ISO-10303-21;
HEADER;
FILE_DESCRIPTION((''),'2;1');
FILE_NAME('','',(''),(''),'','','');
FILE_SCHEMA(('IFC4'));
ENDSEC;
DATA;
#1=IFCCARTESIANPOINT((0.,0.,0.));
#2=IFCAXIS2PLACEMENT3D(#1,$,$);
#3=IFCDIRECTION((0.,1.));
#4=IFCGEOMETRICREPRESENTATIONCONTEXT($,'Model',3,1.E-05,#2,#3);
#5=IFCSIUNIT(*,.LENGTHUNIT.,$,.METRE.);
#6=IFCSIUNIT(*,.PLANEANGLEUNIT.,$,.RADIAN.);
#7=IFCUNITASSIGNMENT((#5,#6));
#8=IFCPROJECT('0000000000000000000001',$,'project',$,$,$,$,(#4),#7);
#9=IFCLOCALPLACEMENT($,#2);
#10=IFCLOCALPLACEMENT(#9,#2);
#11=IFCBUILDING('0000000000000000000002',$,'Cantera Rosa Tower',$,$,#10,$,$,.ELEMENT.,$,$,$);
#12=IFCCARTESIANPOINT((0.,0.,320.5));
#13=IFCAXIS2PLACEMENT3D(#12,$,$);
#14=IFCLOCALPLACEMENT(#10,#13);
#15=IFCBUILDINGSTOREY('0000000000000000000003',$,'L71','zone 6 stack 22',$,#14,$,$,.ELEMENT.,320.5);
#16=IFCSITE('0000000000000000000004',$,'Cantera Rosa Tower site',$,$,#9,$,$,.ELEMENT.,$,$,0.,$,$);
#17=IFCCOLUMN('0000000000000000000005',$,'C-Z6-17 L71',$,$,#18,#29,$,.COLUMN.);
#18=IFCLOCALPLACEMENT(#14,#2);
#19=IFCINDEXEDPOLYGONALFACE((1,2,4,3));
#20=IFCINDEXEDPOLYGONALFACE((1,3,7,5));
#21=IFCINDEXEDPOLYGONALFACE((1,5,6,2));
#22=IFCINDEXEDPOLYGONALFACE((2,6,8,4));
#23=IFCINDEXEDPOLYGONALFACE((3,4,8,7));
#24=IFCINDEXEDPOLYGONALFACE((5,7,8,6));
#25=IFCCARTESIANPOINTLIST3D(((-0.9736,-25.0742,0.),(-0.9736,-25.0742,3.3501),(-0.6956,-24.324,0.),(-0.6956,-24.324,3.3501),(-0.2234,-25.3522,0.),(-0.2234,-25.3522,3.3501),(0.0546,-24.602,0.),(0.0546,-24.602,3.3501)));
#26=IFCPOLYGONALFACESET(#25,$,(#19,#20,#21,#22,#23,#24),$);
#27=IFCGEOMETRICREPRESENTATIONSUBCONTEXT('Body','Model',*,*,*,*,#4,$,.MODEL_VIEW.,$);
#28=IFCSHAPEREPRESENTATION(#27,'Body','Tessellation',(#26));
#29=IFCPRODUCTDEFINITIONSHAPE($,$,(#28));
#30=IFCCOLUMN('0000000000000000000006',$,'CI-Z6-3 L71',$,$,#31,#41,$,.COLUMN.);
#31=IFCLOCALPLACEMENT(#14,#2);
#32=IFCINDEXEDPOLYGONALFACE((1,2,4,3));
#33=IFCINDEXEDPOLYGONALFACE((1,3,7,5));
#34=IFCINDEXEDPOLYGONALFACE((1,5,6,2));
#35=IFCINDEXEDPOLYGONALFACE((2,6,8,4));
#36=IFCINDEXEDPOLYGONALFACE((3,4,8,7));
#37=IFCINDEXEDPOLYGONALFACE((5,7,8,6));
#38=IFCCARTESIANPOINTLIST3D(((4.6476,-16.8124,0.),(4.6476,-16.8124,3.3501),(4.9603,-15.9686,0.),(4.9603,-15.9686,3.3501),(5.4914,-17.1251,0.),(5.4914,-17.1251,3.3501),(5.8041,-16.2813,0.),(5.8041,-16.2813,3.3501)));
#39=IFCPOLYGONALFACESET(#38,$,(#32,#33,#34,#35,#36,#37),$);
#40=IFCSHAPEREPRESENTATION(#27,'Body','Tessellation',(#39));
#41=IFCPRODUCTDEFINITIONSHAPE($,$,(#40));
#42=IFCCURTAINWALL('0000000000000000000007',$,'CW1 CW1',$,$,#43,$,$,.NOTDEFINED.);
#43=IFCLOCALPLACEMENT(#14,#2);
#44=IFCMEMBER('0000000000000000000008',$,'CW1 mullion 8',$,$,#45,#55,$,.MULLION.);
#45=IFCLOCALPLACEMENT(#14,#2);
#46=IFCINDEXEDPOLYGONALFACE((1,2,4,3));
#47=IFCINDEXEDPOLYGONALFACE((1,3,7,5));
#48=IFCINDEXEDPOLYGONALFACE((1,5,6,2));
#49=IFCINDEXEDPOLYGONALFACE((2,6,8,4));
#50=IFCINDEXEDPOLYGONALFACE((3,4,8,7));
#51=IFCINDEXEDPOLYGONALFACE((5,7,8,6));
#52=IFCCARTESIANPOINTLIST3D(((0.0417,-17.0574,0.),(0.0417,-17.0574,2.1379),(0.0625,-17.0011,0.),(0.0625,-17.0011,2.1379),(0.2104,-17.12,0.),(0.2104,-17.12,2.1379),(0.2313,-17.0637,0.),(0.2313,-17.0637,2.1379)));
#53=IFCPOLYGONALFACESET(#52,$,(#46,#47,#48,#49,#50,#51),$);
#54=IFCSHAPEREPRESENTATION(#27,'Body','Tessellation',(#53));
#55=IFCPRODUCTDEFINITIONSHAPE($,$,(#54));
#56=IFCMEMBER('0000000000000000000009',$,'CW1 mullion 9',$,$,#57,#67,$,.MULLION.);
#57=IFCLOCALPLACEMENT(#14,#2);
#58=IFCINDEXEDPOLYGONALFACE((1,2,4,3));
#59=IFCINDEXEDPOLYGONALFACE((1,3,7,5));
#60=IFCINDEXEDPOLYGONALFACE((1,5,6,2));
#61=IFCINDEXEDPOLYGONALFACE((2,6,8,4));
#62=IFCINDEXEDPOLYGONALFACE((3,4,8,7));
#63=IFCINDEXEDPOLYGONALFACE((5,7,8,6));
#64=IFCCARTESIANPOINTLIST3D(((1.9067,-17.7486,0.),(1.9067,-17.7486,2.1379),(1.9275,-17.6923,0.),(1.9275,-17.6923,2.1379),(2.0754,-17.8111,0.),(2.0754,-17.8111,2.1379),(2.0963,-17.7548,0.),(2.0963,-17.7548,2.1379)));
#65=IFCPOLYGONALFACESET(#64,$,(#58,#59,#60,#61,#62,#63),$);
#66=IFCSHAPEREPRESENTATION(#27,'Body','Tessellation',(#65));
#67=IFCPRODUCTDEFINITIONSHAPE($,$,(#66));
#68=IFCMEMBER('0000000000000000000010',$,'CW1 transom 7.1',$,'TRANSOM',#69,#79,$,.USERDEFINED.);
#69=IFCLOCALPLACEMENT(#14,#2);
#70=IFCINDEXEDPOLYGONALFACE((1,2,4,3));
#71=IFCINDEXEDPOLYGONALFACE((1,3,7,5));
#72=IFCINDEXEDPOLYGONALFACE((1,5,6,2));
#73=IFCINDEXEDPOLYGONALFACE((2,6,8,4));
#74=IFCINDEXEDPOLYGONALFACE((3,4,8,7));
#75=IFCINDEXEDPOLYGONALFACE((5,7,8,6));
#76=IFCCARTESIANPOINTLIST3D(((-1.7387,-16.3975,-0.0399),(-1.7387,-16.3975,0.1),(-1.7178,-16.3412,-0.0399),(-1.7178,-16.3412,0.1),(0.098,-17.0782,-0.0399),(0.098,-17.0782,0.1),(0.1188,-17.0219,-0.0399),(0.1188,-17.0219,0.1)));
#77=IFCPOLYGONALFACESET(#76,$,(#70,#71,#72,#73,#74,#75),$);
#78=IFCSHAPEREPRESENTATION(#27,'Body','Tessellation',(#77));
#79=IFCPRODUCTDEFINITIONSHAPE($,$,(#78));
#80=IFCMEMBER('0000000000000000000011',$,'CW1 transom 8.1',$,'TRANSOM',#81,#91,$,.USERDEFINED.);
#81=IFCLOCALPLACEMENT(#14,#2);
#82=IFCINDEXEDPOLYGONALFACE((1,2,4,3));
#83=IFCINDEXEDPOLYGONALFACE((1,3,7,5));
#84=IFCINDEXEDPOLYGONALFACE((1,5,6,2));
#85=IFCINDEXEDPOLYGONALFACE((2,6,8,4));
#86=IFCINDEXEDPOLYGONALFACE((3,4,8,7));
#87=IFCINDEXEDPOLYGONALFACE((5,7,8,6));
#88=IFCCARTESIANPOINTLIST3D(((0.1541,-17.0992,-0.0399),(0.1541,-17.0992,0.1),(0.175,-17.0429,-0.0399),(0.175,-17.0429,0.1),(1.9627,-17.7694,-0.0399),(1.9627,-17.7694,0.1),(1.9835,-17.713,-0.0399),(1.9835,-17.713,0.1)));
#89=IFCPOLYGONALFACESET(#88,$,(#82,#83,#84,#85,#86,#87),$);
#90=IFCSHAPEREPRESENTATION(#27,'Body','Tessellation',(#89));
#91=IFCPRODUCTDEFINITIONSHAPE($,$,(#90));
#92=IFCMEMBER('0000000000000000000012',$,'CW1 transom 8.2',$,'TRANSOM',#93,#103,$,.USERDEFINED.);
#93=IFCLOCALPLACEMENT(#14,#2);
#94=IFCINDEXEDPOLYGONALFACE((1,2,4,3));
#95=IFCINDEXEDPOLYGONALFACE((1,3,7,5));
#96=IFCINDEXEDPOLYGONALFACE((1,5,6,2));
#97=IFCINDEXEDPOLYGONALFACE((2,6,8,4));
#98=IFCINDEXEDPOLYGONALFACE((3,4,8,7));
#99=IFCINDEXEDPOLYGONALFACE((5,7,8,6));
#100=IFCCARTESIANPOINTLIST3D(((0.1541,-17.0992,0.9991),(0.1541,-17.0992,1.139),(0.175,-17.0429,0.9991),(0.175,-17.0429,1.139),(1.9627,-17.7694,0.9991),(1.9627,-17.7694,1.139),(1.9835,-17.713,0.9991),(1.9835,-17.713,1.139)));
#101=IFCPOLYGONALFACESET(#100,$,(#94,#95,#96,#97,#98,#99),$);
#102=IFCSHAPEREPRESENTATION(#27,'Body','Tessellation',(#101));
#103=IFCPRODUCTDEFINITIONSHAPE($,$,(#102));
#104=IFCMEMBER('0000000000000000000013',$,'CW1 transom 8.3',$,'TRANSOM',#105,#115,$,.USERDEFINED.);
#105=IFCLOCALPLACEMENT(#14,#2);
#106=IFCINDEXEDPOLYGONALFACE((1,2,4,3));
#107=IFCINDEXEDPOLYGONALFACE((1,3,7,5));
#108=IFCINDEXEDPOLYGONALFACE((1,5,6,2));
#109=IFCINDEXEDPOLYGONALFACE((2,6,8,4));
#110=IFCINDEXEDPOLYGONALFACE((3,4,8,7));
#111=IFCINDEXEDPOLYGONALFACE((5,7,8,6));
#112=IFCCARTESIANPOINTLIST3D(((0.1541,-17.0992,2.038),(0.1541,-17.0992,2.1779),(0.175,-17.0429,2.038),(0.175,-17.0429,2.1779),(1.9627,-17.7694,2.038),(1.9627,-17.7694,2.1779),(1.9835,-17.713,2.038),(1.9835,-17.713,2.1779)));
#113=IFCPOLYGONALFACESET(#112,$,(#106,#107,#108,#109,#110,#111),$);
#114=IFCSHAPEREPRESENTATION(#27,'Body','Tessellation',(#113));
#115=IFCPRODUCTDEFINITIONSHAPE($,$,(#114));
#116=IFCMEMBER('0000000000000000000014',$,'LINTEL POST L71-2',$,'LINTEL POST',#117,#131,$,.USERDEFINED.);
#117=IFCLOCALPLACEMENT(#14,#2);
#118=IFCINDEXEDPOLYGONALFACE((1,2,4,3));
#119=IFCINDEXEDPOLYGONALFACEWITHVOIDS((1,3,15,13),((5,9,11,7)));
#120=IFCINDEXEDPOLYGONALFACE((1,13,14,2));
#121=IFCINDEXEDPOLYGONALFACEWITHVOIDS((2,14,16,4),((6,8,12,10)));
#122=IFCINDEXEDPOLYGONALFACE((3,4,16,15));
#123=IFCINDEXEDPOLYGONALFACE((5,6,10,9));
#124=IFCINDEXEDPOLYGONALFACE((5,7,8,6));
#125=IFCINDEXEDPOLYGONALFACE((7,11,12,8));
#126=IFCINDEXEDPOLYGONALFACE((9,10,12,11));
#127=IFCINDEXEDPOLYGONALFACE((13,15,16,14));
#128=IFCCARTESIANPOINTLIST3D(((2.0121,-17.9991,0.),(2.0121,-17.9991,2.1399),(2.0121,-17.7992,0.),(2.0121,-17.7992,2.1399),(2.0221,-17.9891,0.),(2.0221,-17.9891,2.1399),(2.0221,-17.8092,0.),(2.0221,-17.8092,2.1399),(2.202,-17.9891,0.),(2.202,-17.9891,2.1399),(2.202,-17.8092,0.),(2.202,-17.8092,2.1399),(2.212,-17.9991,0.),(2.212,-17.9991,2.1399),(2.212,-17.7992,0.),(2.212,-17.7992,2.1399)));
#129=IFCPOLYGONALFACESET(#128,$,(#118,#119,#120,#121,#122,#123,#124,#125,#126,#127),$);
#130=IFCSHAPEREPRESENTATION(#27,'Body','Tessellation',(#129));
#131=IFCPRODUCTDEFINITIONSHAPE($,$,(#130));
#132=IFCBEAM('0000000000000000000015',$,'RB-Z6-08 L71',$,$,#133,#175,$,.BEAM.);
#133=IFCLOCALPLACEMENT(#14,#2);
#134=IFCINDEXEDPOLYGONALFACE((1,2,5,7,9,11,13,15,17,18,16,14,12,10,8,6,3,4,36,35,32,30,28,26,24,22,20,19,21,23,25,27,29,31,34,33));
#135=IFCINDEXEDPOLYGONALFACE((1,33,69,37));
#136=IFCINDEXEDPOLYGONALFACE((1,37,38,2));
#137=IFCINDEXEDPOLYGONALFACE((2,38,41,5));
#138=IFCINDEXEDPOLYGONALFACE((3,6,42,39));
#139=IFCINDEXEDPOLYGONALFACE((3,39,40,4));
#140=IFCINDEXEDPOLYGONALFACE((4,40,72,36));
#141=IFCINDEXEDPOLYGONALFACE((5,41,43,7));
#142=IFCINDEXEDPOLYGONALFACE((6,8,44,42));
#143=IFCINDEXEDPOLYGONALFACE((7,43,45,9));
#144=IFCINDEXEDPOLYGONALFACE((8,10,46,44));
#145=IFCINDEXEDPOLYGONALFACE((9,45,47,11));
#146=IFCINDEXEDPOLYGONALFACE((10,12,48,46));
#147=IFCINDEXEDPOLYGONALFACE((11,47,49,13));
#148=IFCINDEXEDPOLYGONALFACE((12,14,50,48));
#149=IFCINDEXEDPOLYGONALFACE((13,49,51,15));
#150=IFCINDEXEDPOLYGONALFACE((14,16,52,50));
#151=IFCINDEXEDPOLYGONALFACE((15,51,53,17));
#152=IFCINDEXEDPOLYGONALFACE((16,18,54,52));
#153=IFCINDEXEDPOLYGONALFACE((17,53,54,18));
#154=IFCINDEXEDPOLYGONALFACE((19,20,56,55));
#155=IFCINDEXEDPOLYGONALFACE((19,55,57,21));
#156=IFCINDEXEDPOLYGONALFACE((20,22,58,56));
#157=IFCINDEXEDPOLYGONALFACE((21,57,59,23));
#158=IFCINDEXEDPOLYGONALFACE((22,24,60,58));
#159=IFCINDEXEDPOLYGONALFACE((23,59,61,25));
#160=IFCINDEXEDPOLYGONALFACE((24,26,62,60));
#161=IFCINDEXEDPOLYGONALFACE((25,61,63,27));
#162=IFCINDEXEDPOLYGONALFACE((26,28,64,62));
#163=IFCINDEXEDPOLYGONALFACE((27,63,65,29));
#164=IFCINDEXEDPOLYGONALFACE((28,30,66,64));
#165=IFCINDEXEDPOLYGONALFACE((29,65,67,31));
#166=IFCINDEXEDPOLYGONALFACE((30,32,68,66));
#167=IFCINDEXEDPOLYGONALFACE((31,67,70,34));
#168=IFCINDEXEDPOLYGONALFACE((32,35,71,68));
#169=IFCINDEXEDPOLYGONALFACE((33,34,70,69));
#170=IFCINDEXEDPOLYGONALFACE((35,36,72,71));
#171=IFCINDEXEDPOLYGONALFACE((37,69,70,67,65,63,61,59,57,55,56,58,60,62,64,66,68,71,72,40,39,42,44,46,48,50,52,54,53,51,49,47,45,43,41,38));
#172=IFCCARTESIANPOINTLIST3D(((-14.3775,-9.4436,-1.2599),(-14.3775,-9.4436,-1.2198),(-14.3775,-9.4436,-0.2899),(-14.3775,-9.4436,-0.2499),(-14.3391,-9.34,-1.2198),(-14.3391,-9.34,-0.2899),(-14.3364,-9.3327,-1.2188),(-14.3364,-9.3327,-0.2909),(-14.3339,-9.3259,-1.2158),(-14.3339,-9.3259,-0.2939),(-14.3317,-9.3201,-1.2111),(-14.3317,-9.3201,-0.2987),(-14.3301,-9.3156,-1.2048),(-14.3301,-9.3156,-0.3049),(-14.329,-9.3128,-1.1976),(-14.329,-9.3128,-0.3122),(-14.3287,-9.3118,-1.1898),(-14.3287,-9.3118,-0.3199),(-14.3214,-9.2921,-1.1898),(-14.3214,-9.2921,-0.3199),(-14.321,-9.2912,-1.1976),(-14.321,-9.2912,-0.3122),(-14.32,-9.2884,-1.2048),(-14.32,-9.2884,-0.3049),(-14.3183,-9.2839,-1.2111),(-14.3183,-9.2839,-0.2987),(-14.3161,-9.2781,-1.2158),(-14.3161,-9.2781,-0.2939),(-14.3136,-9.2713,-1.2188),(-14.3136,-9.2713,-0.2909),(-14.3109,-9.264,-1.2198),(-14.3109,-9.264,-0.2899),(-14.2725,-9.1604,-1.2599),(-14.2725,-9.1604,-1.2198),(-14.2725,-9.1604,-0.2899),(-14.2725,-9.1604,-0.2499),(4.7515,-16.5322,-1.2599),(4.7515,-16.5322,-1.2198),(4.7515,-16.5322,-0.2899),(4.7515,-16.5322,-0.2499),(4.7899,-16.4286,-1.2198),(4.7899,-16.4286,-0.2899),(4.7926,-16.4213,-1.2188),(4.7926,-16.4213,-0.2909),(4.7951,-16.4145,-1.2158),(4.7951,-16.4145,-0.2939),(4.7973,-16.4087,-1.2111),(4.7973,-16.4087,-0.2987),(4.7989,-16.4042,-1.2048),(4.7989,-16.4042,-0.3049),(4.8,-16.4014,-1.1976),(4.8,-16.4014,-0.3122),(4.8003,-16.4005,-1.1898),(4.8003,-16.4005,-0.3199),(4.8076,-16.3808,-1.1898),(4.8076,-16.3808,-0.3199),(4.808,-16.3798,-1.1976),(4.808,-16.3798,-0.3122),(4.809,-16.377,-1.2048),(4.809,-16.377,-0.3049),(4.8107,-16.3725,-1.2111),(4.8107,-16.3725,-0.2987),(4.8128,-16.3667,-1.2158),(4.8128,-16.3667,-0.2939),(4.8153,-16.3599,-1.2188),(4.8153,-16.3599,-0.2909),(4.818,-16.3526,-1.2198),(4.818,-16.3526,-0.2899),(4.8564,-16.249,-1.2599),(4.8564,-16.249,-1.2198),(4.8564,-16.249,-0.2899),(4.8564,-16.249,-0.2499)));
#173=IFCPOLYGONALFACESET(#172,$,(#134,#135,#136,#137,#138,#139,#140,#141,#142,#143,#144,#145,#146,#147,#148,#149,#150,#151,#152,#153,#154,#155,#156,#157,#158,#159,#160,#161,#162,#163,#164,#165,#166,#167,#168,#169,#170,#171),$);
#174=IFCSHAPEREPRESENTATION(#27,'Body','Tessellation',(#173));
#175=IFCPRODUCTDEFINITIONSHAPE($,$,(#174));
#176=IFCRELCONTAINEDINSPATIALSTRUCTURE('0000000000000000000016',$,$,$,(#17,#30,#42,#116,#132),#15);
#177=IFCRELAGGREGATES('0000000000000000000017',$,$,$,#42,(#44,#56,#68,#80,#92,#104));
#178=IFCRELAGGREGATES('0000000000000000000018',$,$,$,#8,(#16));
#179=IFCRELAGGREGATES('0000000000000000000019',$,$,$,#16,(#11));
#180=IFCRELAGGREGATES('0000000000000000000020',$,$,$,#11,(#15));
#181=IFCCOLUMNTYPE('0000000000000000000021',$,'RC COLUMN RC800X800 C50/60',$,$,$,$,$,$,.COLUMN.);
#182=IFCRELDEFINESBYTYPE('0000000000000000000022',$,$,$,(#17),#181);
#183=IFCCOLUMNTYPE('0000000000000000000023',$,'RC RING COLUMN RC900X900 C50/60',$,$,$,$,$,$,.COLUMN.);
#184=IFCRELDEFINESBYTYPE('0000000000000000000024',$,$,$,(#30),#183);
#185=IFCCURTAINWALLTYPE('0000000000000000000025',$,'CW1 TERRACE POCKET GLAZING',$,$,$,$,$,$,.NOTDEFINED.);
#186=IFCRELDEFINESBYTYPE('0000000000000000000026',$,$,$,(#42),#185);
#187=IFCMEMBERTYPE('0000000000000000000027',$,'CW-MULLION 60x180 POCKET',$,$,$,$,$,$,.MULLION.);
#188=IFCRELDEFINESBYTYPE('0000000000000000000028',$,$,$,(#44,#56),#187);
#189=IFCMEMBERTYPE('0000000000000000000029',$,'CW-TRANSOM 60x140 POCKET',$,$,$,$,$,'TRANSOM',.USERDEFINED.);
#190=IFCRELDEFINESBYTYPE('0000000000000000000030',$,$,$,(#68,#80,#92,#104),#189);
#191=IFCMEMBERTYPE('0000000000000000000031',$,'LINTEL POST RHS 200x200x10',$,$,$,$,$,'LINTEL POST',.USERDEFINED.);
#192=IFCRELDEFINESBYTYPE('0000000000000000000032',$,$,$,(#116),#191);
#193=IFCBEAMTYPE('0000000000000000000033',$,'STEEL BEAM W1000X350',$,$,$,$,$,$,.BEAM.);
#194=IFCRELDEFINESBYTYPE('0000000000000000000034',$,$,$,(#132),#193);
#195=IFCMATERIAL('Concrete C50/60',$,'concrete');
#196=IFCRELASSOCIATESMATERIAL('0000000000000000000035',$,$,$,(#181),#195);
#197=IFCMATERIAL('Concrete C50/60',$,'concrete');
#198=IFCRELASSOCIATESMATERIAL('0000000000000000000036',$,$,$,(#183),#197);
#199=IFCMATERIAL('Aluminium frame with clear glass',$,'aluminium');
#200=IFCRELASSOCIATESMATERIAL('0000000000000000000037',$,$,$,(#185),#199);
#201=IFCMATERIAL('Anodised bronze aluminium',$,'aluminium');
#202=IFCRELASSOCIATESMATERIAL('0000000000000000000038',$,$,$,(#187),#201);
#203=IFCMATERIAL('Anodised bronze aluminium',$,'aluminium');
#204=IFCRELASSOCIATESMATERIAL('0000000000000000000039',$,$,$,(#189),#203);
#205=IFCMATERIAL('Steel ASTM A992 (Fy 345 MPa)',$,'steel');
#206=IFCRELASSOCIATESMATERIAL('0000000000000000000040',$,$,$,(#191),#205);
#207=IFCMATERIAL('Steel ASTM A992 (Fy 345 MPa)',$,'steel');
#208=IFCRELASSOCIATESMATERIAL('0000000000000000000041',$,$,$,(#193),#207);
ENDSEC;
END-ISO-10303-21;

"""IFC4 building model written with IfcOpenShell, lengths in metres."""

from ifc_helpers import new_model, si_unit, direction, frame, origin, origin_2d, place, context, subcontext, project, spatial, rectangle, hollow_rectangle, i_section, extrude, material, material_profile, profile_set, type_object, element, aggregate, save


model = new_model("IFC4")

# Units and contexts
model_context = context("Model", 3, precision=1e-05, world=origin(), true_north=direction((0.0, 1.0)))
body_context = subcontext(model_context, "Body", "Model", "MODEL_VIEW")
ifc_project = project(units=[si_unit("LENGTHUNIT", "METRE"), si_unit("PLANEANGLEUNIT", "RADIAN")], contexts=[model_context])

# Site, building, storey
site_placement = place(None, origin())
site = spatial("IfcSite", under=ifc_project, at=site_placement, Name="Cantera Rosa Tower site", CompositionType="ELEMENT", RefElevation=0.0)
building_placement = place(site_placement, origin())
building = spatial("IfcBuilding", under=site, at=building_placement, Name="Cantera Rosa Tower", CompositionType="ELEMENT")
storey_placement = place(building_placement, frame((0.0, 0.0, 320.5)))
storey = spatial("IfcBuildingStorey", under=building, at=storey_placement, Name="L71", Description="zone 6 stack 22", CompositionType="ELEMENT", Elevation=320.5)

# Columns
ifc_material_1 = material(Name="Concrete C50/60", Category="concrete")
ifc_material_profile_1 = material_profile(ifc_material_1, rectangle(XDim=0.8, YDim=0.8, at=origin_2d()), Name="RC COLUMN RC800X800 C50/60")
ifc_profile_set_1 = profile_set([ifc_material_profile_1], Name="Concrete C50/60")
column_type_1 = type_object("IfcColumnType", Name="RC COLUMN RC800X800 C50/60", PredefinedType="COLUMN", material=ifc_profile_set_1)
column_1_placement = place(storey_placement, frame((-0.4595, -24.8381, 0.0), z_axis=(0.0, 0.0, 1.0), x_axis=(0.347481, 0.937687, 0.0)))
element("IfcColumn", 1, at=column_1_placement, inside=storey, type_object=column_type_1, Name="C-Z6-17 L71", PredefinedType="COLUMN", context=body_context, shape_type="SweptSolid", body=[
    extrude(rectangle(XDim=0.8, YDim=0.8, at=origin_2d()), origin(), (0.0, 0.0, 1.0), 3.3501),
])
ifc_material_2 = material(Name="Concrete C50/60", Category="concrete")
ifc_material_profile_2 = material_profile(ifc_material_2, rectangle(XDim=0.8999, YDim=0.8999, at=origin_2d()), Name="RC RING COLUMN RC900X900 C50/60")
ifc_profile_set_2 = profile_set([ifc_material_profile_2], Name="Concrete C50/60")
column_type_2 = type_object("IfcColumnType", Name="RC RING COLUMN RC900X900 C50/60", PredefinedType="COLUMN", material=ifc_profile_set_2)
column_2_placement = place(storey_placement, frame((5.2258, -16.5469, 0.0), z_axis=(0.0, 0.0, 1.0), x_axis=(0.347481, 0.937687, 0.0)))
element("IfcColumn", 2, at=column_2_placement, inside=storey, type_object=column_type_2, Name="CI-Z6-3 L71", PredefinedType="COLUMN", context=body_context, shape_type="SweptSolid", body=[
    extrude(rectangle(XDim=0.8999, YDim=0.8999, at=origin_2d()), origin(), (0.0, 0.0, 1.0), 3.3501),
])

# Curtain wall, members
ifc_material_3 = material(Name="Aluminium frame with clear glass", Category="aluminium")
curtain_wall_type = type_object("IfcCurtainWallType", Name="CW1 TERRACE POCKET GLAZING", PredefinedType="NOTDEFINED", material=ifc_material_3)
curtain_wall_placement = place(storey_placement, origin())
curtain_wall = element("IfcCurtainWall", 3, at=curtain_wall_placement, inside=storey, type_object=curtain_wall_type, Name="CW1 CW1", PredefinedType="NOTDEFINED")
ifc_material_4 = material(Name="Anodised bronze aluminium", Category="aluminium")
ifc_material_profile_3 = material_profile(ifc_material_4, rectangle(XDim=0.0601, YDim=0.1799, at=origin_2d()), Name="CW-MULLION 60x180 POCKET")
ifc_profile_set_3 = profile_set([ifc_material_profile_3], Name="Anodised bronze aluminium")
member_type_1 = type_object("IfcMemberType", Name="CW-MULLION 60x180 POCKET", PredefinedType="MULLION", material=ifc_profile_set_3)
member_1_placement = place(storey_placement, frame((0.1365, -17.0605, 0.0), z_axis=(0.0, 0.0, 1.0), x_axis=(0.347481, 0.937687, 0.0)))
member_1 = element("IfcMember", 4, at=member_1_placement, type_object=member_type_1, Name="CW1 mullion 8", PredefinedType="MULLION", context=body_context, shape_type="SweptSolid", body=[
    extrude(rectangle(XDim=0.0601, YDim=0.1799, at=origin_2d()), origin(), (0.0, 0.0, 1.0), 2.1379),
])
member_2_placement = place(storey_placement, frame((2.0015, -17.7517, 0.0), z_axis=(0.0, 0.0, 1.0), x_axis=(0.347481, 0.937687, 0.0)))
member_2 = element("IfcMember", 5, at=member_2_placement, type_object=member_type_1, Name="CW1 mullion 9", PredefinedType="MULLION", context=body_context, shape_type="SweptSolid", body=[
    extrude(rectangle(XDim=0.0601, YDim=0.1799, at=origin_2d()), origin(), (0.0, 0.0, 1.0), 2.1379),
])
ifc_material_5 = material(Name="Anodised bronze aluminium", Category="aluminium")
ifc_material_profile_4 = material_profile(ifc_material_5, rectangle(XDim=0.0601, YDim=0.1399, at=origin_2d()), Name="CW-TRANSOM 60x140 POCKET")
ifc_profile_set_4 = profile_set([ifc_material_profile_4], Name="Anodised bronze aluminium")
member_type_2 = type_object("IfcMemberType", Name="CW-TRANSOM 60x140 POCKET", ElementType="TRANSOM", PredefinedType="USERDEFINED", material=ifc_profile_set_4)
member_3_placement = place(storey_placement, frame((-1.7283, -16.3694, 0.03), z_axis=(0.93768, -0.347501, 0.0), x_axis=(0.347501, 0.93768, 0.0)))
member_3 = element("IfcMember", 6, at=member_3_placement, type_object=member_type_2, Name="CW1 transom 7.1", ObjectType="TRANSOM", PredefinedType="USERDEFINED", context=body_context, shape_type="SweptSolid", body=[
    extrude(rectangle(XDim=0.0601, YDim=0.1399, at=origin_2d()), origin(), (0.0, 0.0, 1.0), 1.9587),
])
member_4_placement = place(storey_placement, frame((0.1646, -17.071, 0.03), z_axis=(0.937695, -0.347459, 0.0), x_axis=(0.347459, 0.937695, 0.0)))
member_4 = element("IfcMember", 7, at=member_4_placement, type_object=member_type_2, Name="CW1 transom 8.1", ObjectType="TRANSOM", PredefinedType="USERDEFINED", context=body_context, shape_type="SweptSolid", body=[
    extrude(rectangle(XDim=0.0601, YDim=0.1399, at=origin_2d()), origin(), (0.0, 0.0, 1.0), 1.9287),
])
member_5_placement = place(storey_placement, frame((0.1646, -17.071, 1.0691), z_axis=(0.937695, -0.347459, 0.0), x_axis=(0.347459, 0.937695, 0.0)))
member_5 = element("IfcMember", 8, at=member_5_placement, type_object=member_type_2, Name="CW1 transom 8.2", ObjectType="TRANSOM", PredefinedType="USERDEFINED", context=body_context, shape_type="SweptSolid", body=[
    extrude(rectangle(XDim=0.0601, YDim=0.1399, at=origin_2d()), origin(), (0.0, 0.0, 1.0), 1.9287),
])
member_6_placement = place(storey_placement, frame((0.1646, -17.071, 2.1079), z_axis=(0.937695, -0.347459, 0.0), x_axis=(0.347459, 0.937695, 0.0)))
member_6 = element("IfcMember", 9, at=member_6_placement, type_object=member_type_2, Name="CW1 transom 8.3", ObjectType="TRANSOM", PredefinedType="USERDEFINED", context=body_context, shape_type="SweptSolid", body=[
    extrude(rectangle(XDim=0.0601, YDim=0.1399, at=origin_2d()), origin(), (0.0, 0.0, 1.0), 1.9287),
])

# Member
ifc_material_6 = material(Name="Steel ASTM A992 (Fy 345 MPa)", Category="steel")
ifc_material_profile_5 = material_profile(ifc_material_6, hollow_rectangle(XDim=0.2, YDim=0.2, WallThickness=0.01, at=origin_2d()), Name="LINTEL POST RHS 200x200x10")
ifc_profile_set_5 = profile_set([ifc_material_profile_5], Name="Steel ASTM A992 (Fy 345 MPa)")
member_type_3 = type_object("IfcMemberType", Name="LINTEL POST RHS 200x200x10", ElementType="LINTEL POST", PredefinedType="USERDEFINED", material=ifc_profile_set_5)
member_7_placement = place(storey_placement, frame((2.1121, -17.8992, 0.0), z_axis=(0.0, 0.0, 1.0), x_axis=(1.0, 0.0, 0.0)))
element("IfcMember", 10, at=member_7_placement, inside=storey, type_object=member_type_3, Name="LINTEL POST L71-2", ObjectType="LINTEL POST", PredefinedType="USERDEFINED", context=body_context, shape_type="SweptSolid", body=[
    extrude(hollow_rectangle(XDim=0.2, YDim=0.2, WallThickness=0.01, at=origin_2d()), origin(), (0.0, 0.0, 1.0), 2.1399),
])

# Beam
ifc_material_7 = material(Name="Steel ASTM A992 (Fy 345 MPa)", Category="steel")
ifc_material_profile_6 = material_profile(ifc_material_7, i_section(OverallWidth=0.302, OverallDepth=1.01, WebThickness=0.021, FlangeThickness=0.04, FilletRadius=0.03, at=origin_2d()), Name="W1000X350")
ifc_profile_set_6 = profile_set([ifc_material_profile_6], Name="Steel ASTM A992 (Fy 345 MPa)")
beam_type_1 = type_object("IfcBeamType", Name="STEEL BEAM W1000X350", PredefinedType="BEAM", material=ifc_profile_set_6)
beam_1_placement = place(storey_placement, frame((4.804, -16.3906, -0.7549), z_axis=(-0.937687, 0.34748, 0.0), x_axis=(-0.34748, -0.937687, 0.0)))
element("IfcBeam", 11, at=beam_1_placement, inside=storey, type_object=beam_type_1, Name="RB-Z6-08 L71", PredefinedType="BEAM", context=body_context, shape_type="SweptSolid", body=[
    extrude(i_section(OverallWidth=0.302, OverallDepth=1.01, WebThickness=0.021, FlangeThickness=0.04, FilletRadius=0.03, at=origin_2d()), origin(), (0.0, 0.0, 1.0), 20.4001),
])

aggregate(curtain_wall, [member_1, member_2, member_3, member_4, member_5, member_6])

save(model, "model.ifc")
